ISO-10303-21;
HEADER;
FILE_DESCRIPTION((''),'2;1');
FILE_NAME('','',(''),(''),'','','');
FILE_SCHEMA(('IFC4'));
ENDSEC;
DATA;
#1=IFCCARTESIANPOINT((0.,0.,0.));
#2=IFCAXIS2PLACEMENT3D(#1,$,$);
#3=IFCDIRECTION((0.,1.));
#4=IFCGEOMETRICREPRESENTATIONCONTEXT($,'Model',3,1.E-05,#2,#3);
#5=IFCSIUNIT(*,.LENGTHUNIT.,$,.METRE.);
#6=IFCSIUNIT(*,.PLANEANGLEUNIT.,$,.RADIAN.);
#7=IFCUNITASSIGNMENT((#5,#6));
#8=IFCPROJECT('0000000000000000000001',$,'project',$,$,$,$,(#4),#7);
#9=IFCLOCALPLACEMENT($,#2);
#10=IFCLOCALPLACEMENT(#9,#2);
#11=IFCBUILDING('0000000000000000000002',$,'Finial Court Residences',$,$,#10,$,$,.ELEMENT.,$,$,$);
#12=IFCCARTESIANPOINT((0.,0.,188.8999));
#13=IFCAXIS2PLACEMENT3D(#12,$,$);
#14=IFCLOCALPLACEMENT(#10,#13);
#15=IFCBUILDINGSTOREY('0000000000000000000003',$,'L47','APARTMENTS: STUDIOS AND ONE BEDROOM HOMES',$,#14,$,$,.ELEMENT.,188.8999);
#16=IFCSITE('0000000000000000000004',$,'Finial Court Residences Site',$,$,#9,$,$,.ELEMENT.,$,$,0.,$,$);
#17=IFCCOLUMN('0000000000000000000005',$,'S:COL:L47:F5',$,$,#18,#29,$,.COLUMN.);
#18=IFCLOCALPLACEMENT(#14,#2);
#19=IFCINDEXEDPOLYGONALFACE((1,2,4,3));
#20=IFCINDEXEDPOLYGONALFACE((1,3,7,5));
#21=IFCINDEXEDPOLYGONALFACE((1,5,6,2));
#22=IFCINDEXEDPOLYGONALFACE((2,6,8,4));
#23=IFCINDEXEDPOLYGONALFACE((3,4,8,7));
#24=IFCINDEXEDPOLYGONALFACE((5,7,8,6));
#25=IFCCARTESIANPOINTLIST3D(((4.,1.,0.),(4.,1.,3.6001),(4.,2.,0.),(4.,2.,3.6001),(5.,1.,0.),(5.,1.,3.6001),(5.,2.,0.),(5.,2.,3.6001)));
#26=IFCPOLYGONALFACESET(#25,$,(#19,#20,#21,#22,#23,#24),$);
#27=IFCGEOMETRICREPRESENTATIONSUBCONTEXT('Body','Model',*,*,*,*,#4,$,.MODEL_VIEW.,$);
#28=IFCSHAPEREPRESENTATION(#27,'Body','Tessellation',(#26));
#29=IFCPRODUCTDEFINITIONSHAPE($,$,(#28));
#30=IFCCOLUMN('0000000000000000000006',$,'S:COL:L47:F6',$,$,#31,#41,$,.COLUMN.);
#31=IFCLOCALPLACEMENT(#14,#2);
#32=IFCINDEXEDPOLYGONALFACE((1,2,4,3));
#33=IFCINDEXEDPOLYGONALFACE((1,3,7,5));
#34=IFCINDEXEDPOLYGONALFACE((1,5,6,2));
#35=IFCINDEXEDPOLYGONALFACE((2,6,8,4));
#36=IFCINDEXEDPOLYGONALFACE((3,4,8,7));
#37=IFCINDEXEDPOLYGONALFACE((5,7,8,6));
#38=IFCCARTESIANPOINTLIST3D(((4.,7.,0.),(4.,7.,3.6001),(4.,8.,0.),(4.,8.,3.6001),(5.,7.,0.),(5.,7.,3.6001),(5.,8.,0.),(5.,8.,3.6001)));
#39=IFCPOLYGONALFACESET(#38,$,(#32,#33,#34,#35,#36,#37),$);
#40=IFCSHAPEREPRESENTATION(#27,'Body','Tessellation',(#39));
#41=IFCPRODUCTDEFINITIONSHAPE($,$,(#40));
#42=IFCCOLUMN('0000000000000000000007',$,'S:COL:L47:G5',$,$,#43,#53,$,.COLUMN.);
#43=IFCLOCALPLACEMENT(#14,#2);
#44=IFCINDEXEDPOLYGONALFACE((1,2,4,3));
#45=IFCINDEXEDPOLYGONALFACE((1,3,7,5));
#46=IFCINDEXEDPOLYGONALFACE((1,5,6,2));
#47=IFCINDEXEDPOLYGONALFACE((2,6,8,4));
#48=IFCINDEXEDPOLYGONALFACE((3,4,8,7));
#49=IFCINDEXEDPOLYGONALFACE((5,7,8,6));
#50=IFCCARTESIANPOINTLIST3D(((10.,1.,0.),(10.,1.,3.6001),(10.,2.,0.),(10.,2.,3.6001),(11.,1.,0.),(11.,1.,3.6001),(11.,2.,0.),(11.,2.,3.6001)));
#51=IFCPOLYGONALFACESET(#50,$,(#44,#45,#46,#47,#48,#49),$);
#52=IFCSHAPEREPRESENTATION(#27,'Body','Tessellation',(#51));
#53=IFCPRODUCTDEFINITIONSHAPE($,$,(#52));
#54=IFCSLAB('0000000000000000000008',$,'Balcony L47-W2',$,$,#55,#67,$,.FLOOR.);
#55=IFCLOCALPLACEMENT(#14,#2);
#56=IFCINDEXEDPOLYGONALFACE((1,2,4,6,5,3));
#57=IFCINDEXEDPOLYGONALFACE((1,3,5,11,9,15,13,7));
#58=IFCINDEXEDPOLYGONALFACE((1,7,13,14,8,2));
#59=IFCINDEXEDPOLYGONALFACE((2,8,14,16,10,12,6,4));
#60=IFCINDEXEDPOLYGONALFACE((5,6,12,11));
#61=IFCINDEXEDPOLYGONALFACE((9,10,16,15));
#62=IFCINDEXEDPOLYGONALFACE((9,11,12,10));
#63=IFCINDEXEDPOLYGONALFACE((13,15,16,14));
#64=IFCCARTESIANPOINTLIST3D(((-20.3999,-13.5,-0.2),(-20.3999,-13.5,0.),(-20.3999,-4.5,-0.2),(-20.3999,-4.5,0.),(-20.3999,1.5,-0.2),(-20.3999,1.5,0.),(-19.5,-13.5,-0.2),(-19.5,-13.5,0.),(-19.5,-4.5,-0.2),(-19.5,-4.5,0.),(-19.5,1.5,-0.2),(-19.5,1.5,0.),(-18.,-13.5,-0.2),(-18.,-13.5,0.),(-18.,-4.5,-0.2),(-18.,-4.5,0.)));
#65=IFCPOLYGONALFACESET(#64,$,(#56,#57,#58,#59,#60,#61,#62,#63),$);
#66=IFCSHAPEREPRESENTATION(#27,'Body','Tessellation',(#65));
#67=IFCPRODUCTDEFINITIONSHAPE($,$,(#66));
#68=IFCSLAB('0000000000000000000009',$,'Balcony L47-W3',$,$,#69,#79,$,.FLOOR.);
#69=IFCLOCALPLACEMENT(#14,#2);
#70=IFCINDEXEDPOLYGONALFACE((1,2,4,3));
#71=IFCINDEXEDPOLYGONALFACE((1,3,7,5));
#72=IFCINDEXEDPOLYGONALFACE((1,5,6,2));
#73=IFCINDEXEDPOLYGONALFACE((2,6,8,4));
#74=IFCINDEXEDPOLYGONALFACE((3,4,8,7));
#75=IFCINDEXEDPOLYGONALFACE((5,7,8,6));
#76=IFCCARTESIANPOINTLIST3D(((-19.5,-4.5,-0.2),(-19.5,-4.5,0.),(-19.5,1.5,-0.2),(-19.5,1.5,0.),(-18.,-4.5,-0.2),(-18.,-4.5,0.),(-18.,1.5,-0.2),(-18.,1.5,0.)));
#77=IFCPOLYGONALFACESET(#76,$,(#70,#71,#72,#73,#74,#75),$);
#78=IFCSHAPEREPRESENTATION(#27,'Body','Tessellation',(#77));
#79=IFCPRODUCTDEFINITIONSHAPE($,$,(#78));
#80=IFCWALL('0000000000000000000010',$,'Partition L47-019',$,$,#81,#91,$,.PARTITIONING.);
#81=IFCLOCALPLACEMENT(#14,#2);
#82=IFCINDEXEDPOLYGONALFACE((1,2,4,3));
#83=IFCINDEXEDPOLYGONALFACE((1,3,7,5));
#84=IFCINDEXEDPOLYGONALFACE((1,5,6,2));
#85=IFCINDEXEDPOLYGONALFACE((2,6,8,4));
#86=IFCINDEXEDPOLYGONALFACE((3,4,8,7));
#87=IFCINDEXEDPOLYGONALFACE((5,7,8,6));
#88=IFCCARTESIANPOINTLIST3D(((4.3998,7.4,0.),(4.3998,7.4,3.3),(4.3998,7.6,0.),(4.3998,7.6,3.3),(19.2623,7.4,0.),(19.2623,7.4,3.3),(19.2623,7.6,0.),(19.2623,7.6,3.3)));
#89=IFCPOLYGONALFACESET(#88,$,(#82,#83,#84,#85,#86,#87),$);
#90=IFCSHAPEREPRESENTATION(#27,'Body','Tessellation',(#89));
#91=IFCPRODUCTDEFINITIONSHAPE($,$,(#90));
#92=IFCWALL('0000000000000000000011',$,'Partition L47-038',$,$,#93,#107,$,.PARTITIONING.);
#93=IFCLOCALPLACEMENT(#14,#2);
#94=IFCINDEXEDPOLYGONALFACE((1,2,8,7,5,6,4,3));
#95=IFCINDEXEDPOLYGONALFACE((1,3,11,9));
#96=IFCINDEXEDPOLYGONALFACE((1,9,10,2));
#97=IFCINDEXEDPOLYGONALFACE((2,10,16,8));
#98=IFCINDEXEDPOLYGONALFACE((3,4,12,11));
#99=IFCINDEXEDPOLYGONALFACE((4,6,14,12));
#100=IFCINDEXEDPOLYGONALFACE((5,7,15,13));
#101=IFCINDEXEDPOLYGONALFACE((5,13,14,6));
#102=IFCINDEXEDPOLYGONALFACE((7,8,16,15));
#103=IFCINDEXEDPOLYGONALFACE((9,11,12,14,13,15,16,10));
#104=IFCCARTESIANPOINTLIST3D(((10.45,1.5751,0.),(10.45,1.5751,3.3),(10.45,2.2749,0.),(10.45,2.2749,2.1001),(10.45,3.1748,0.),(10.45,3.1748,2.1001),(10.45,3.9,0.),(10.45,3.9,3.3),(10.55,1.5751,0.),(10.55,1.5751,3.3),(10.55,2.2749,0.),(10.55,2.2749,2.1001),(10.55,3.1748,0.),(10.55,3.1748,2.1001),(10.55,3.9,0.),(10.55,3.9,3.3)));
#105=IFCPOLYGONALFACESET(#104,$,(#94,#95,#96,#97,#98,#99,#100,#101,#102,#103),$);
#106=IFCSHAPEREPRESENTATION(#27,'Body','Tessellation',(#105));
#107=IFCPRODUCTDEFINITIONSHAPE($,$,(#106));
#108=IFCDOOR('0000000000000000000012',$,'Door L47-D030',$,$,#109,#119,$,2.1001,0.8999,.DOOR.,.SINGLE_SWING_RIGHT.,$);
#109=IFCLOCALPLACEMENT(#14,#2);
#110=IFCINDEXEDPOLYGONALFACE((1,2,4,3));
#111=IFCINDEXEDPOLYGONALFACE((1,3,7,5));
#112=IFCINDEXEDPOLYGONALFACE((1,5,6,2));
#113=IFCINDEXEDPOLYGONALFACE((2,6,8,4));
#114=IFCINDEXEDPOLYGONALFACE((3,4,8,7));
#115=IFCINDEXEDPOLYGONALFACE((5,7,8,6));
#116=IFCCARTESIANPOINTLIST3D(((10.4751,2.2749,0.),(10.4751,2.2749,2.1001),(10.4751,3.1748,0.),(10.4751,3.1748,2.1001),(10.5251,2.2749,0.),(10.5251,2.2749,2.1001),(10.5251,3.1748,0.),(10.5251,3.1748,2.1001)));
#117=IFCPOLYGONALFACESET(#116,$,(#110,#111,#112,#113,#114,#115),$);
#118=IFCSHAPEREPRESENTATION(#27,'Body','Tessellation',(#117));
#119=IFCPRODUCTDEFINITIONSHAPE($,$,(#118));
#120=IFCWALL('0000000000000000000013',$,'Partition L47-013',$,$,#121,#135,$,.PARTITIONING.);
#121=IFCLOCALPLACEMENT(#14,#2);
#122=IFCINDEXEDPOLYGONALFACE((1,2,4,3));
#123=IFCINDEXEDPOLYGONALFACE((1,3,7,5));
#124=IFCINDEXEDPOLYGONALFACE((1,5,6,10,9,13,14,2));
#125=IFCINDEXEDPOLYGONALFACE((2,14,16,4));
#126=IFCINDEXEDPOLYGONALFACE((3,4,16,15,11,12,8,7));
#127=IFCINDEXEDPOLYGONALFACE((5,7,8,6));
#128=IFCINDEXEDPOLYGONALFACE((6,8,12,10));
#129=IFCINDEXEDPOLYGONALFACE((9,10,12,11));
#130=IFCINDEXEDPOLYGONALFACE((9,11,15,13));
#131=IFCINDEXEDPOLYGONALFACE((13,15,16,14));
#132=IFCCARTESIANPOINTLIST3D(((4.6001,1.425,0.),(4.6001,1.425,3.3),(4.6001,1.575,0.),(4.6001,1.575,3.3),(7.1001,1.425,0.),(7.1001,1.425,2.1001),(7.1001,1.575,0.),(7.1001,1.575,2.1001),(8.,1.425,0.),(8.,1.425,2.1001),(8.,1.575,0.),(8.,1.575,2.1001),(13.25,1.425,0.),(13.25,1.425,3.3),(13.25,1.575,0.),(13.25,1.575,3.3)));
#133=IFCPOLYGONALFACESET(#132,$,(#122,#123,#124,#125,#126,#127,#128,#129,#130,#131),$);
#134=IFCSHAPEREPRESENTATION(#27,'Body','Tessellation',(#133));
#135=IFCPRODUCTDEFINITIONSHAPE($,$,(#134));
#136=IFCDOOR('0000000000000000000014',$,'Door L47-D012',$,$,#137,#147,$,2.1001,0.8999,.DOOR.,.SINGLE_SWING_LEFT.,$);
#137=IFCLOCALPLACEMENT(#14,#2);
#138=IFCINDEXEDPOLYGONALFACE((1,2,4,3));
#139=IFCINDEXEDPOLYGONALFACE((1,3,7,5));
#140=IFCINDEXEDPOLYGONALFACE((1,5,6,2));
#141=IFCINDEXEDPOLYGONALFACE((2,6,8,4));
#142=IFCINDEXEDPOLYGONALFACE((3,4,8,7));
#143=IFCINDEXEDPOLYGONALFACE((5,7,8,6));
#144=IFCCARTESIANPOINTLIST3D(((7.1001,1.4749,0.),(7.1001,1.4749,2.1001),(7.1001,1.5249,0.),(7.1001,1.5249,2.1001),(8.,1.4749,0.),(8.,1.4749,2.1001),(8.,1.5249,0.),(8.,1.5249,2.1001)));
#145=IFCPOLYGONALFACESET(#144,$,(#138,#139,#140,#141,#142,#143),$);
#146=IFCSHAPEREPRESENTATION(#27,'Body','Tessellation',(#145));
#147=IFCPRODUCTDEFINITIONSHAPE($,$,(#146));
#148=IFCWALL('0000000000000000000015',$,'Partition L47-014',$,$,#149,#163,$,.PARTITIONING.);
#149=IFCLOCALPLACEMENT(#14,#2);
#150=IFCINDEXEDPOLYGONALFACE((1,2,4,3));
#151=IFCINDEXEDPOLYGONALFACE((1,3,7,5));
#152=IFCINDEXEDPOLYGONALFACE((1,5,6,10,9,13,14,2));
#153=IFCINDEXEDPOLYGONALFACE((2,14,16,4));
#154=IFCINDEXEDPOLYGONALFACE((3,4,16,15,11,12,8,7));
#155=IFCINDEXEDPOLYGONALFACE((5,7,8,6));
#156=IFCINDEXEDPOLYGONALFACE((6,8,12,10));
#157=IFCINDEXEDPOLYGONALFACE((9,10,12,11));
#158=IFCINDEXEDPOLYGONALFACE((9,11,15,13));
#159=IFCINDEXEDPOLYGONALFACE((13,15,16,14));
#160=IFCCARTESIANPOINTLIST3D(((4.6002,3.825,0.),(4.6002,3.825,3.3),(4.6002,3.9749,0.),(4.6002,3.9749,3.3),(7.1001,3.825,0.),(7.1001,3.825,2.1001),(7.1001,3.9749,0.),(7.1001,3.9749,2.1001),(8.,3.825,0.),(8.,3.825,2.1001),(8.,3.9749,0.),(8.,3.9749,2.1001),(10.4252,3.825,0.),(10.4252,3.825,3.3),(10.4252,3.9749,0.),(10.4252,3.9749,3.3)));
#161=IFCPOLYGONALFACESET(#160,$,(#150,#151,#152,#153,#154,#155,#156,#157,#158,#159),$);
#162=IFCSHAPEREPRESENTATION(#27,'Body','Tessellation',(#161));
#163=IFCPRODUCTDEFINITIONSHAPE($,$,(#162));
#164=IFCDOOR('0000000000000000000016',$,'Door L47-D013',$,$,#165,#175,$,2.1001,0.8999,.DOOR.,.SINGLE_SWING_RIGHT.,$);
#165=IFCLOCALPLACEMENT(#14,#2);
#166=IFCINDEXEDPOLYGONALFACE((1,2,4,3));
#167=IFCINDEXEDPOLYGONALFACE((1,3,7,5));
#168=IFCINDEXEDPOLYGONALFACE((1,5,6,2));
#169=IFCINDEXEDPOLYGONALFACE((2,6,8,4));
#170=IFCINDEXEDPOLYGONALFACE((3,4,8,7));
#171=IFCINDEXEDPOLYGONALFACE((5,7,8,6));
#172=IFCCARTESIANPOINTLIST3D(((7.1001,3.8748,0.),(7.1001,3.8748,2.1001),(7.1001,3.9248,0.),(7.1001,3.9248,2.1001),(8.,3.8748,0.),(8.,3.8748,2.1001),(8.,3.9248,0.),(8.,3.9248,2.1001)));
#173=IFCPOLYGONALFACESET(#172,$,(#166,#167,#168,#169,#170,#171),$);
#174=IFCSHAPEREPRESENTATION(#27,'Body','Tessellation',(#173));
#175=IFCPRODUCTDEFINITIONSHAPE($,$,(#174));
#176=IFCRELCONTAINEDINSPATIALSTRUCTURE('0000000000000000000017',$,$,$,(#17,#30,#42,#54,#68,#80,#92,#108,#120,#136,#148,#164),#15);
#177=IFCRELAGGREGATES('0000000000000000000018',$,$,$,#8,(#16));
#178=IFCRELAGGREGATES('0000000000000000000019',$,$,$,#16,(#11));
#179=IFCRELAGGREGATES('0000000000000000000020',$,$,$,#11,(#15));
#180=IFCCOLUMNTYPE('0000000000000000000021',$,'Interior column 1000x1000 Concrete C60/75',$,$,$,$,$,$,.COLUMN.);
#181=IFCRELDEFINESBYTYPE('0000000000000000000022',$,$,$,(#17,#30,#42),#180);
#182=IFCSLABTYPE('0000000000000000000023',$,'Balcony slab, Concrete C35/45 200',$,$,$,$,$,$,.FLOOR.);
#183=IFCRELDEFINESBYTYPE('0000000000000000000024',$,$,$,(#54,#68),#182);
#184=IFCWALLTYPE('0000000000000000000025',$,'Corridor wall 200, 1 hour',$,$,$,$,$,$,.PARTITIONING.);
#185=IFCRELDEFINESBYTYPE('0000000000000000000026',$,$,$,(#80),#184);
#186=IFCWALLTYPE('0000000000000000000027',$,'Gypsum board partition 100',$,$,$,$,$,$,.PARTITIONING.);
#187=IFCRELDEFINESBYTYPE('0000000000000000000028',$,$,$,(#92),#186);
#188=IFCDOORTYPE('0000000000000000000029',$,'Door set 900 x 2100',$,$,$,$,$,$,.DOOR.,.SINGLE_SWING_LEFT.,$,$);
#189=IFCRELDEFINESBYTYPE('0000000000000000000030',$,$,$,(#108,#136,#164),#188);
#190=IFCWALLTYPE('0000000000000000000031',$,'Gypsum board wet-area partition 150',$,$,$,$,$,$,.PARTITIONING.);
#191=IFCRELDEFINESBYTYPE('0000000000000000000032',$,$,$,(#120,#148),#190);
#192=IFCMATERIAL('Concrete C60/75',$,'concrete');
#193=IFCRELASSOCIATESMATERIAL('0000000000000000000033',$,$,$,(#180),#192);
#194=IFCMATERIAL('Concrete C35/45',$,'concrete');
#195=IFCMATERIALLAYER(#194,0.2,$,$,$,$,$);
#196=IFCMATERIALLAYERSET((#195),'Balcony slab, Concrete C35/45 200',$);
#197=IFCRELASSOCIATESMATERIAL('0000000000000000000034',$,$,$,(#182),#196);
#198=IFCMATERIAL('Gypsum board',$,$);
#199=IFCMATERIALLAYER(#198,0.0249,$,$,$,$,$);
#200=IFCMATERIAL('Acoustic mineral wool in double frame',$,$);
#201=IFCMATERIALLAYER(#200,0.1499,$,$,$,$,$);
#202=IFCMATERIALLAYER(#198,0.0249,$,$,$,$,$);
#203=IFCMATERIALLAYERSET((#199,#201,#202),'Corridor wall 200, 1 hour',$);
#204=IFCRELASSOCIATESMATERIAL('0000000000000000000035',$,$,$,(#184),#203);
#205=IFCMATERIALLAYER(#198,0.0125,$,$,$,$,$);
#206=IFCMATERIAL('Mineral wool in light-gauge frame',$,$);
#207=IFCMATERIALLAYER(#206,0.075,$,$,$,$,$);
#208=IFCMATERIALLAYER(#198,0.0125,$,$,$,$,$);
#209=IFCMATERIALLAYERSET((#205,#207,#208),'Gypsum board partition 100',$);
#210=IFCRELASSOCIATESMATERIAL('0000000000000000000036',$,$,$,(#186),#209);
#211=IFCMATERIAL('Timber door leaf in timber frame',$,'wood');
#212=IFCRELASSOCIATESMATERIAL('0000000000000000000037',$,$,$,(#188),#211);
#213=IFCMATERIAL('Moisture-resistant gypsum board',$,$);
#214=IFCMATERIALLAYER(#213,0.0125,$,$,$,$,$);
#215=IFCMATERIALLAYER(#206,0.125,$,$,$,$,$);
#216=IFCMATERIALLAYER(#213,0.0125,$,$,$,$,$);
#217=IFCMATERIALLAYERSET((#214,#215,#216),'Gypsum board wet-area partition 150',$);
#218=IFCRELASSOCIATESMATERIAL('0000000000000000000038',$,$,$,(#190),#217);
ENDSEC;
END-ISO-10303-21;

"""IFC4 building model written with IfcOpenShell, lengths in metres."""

from ifc_helpers import new_model, si_unit, direction, frame, frame_2d, origin, origin_2d, place, context, subcontext, project, spatial, polyline, rectangle, outline, extrude, material, layer, layer_set, material_profile, profile_set, type_object, element, fill, save


model = new_model("IFC4")

# Units and contexts
model_context = context("Model", 3, precision=1e-05, world=origin(), true_north=direction((0.0, 1.0)))
body_context = subcontext(model_context, "Body", "Model", "MODEL_VIEW")
ifc_project = project(units=[si_unit("LENGTHUNIT", "METRE"), si_unit("PLANEANGLEUNIT", "RADIAN")], contexts=[model_context])

# Site, building, storey
site_placement = place(None, origin())
site = spatial("IfcSite", under=ifc_project, at=site_placement, Name="Finial Court Residences Site", CompositionType="ELEMENT", RefElevation=0.0)
building_placement = place(site_placement, origin())
building = spatial("IfcBuilding", under=site, at=building_placement, Name="Finial Court Residences", CompositionType="ELEMENT")
storey_placement = place(building_placement, frame((0.0, 0.0, 188.8999)))
storey = spatial("IfcBuildingStorey", under=building, at=storey_placement, Name="L47", Description="APARTMENTS: STUDIOS AND ONE BEDROOM HOMES", CompositionType="ELEMENT", Elevation=188.8999)

# Columns
ifc_material_1 = material(Name="Concrete C60/75", Category="concrete")
ifc_material_profile = material_profile(ifc_material_1, rectangle(XDim=1.0, YDim=1.0, at=origin_2d()), Name="1000x1000")
ifc_profile_set = profile_set([ifc_material_profile], Name="Concrete C60/75")
column_type = type_object("IfcColumnType", Name="Interior column 1000x1000 Concrete C60/75", PredefinedType="COLUMN", material=ifc_profile_set)
for number, where, z_axis, x_axis, name in (
    (1, (4.5, 1.5, 0.0), (0.0, 0.0, 1.0), (1.0, 0.0, 0.0), "S:COL:L47:F5"),
    (2, (4.5, 7.5, 0.0), (0.0, 0.0, 1.0), (1.0, 0.0, 0.0), "S:COL:L47:F6"),
    (3, (10.5, 1.5, 0.0), (0.0, 0.0, 1.0), (1.0, 0.0, 0.0), "S:COL:L47:G5"),
):
    element("IfcColumn", number, at=place(storey_placement, frame(where, z_axis=z_axis, x_axis=x_axis)), inside=storey, type_object=column_type, Name=name, PredefinedType="COLUMN", context=body_context, shape_type="SweptSolid", body=[
        extrude(rectangle(XDim=1.0, YDim=1.0, at=origin_2d()), origin(), (0.0, 0.0, 1.0), 3.6001),
    ])

# Slabs
ifc_material_2 = material(Name="Concrete C35/45", Category="concrete")
ifc_layer_1 = layer(ifc_material_2, 0.2)
ifc_layer_set_1 = layer_set([ifc_layer_1], Name="Balcony slab, Concrete C35/45 200")
slab_type = type_object("IfcSlabType", Name="Balcony slab, Concrete C35/45 200", PredefinedType="FLOOR", material=ifc_layer_set_1)
slab_1_placement = place(storey_placement, frame((0.0, 0.0, -0.2)))
element("IfcSlab", 4, at=slab_1_placement, inside=storey, type_object=slab_type, Name="Balcony L47-W2", PredefinedType="FLOOR", context=body_context, shape_type="SweptSolid", body=[
    extrude(outline(polyline([(-18.0, -4.5), (-18.0, -13.5), (-19.5, -13.5), (-20.3999, -13.5), (-20.3999, -4.5), (-20.3999, 1.5), (-19.5, 1.5), (-19.5, -4.5), (-18.0, -4.5)])), origin(), (0.0, 0.0, 1.0), 0.2),
])
slab_2_placement = place(storey_placement, frame((0.0, 0.0, -0.2)))
element("IfcSlab", 5, at=slab_2_placement, inside=storey, type_object=slab_type, Name="Balcony L47-W3", PredefinedType="FLOOR", context=body_context, shape_type="SweptSolid", body=[
    extrude(outline(polyline([(-18.0, -4.5), (-18.0, 1.5), (-19.5, 1.5), (-19.5, -4.5), (-18.0, -4.5)])), origin(), (0.0, 0.0, 1.0), 0.2),
])

# Wall
ifc_material_3 = material(Name="Gypsum board")
ifc_layer_2 = layer(ifc_material_3, 0.0249)
ifc_material_4 = material(Name="Acoustic mineral wool in double frame")
ifc_layer_3 = layer(ifc_material_4, 0.1499)
ifc_layer_4 = layer(ifc_material_3, 0.0249)
ifc_layer_set_2 = layer_set([ifc_layer_2, ifc_layer_3, ifc_layer_4], Name="Corridor wall 200, 1 hour")
wall_type_1 = type_object("IfcWallType", Name="Corridor wall 200, 1 hour", PredefinedType="PARTITIONING", material=ifc_layer_set_2)
wall_1_placement = place(storey_placement, frame((4.3999, 7.5, 0.0), z_axis=(0.0, 0.0, 1.0), x_axis=(1.0, 0.0, 0.0)))
element("IfcWall", 6, at=wall_1_placement, inside=storey, type_object=wall_type_1, Name="Partition L47-019", PredefinedType="PARTITIONING", context=body_context, shape_type="SweptSolid", body=[
    extrude(rectangle(XDim=14.8625, YDim=0.2, at=frame_2d((7.4312, 0.0))), origin(), (0.0, 0.0, 1.0), 3.3),
])

# Walls, openings, doors
ifc_layer_5 = layer(ifc_material_3, 0.0125)
ifc_material_5 = material(Name="Mineral wool in light-gauge frame")
ifc_layer_6 = layer(ifc_material_5, 0.075)
ifc_layer_7 = layer(ifc_material_3, 0.0125)
ifc_layer_set_3 = layer_set([ifc_layer_5, ifc_layer_6, ifc_layer_7], Name="Gypsum board partition 100")
wall_type_2 = type_object("IfcWallType", Name="Gypsum board partition 100", PredefinedType="PARTITIONING", material=ifc_layer_set_3)
wall_2_placement = place(storey_placement, frame((10.5, 1.575, 0.0), z_axis=(0.0, 0.0, 1.0), x_axis=(0.0, 1.0, 0.0)))
wall_2 = element("IfcWall", 7, at=wall_2_placement, inside=storey, type_object=wall_type_2, Name="Partition L47-038", PredefinedType="PARTITIONING", context=body_context, shape_type="SweptSolid", body=[
    extrude(rectangle(XDim=2.325, YDim=0.1001, at=frame_2d((1.1626, 0.0))), origin(), (0.0, 0.0, 1.0), 3.3),
])
opening_1_placement = place(wall_2_placement, frame((0.7, 0.0, 0.0)))
opening_1 = element("IfcOpeningElement", 8, at=opening_1_placement, cuts=wall_2, PredefinedType="OPENING", context=body_context, shape_type="SweptSolid", body=[
    extrude(rectangle(XDim=0.8999, YDim=2.1001, at=frame_2d((0.45, 1.05))), frame((0.0, 0.0601, 0.0), z_axis=(0.0, -1.0, 0.0), x_axis=(1.0, 0.0, 0.0)), (0.0, 0.0, 1.0), 0.1201),
])
ifc_material_6 = material(Name="Timber door leaf in timber frame", Category="wood")
door_type = type_object("IfcDoorType", Name="Door set 900 x 2100", OperationType="SINGLE_SWING_LEFT", PredefinedType="DOOR", material=ifc_material_6)
door_1_placement = place(opening_1_placement, origin())
door_1 = element("IfcDoor", 9, at=door_1_placement, inside=storey, type_object=door_type, Name="Door L47-D030", OperationType="SINGLE_SWING_RIGHT", OverallHeight=2.1001, OverallWidth=0.8999, PredefinedType="DOOR", context=body_context, shape_type="SweptSolid", body=[
    extrude(rectangle(XDim=0.8999, YDim=2.1001, at=frame_2d((0.45, 1.05))), frame((0.0, 0.0249, 0.0), z_axis=(0.0, -1.0, 0.0), x_axis=(1.0, 0.0, 0.0)), (0.0, 0.0, 1.0), 0.05),
])
fill(opening_1, door_1)
ifc_material_7 = material(Name="Moisture-resistant gypsum board")
ifc_layer_8 = layer(ifc_material_7, 0.0125)
ifc_layer_9 = layer(ifc_material_5, 0.125)
ifc_layer_10 = layer(ifc_material_7, 0.0125)
ifc_layer_set_4 = layer_set([ifc_layer_8, ifc_layer_9, ifc_layer_10], Name="Gypsum board wet-area partition 150")
wall_type_3 = type_object("IfcWallType", Name="Gypsum board wet-area partition 150", PredefinedType="PARTITIONING", material=ifc_layer_set_4)
wall_3_placement = place(storey_placement, frame((4.6001, 1.5, 0.0), z_axis=(0.0, 0.0, 1.0), x_axis=(1.0, 0.0, 0.0)))
wall_3 = element("IfcWall", 10, at=wall_3_placement, inside=storey, type_object=wall_type_3, Name="Partition L47-013", PredefinedType="PARTITIONING", context=body_context, shape_type="SweptSolid", body=[
    extrude(rectangle(XDim=8.6499, YDim=0.1499, at=frame_2d((4.325, 0.0))), origin(), (0.0, 0.0, 1.0), 3.3),
])
opening_2_placement = place(wall_3_placement, frame((2.5, 0.0, 0.0)))
opening_2 = element("IfcOpeningElement", 11, at=opening_2_placement, cuts=wall_3, PredefinedType="OPENING", context=body_context, shape_type="SweptSolid", body=[
    extrude(rectangle(XDim=0.8999, YDim=2.1001, at=frame_2d((0.45, 1.05))), frame((0.0, 0.085, 0.0), z_axis=(0.0, -1.0, 0.0), x_axis=(1.0, 0.0, 0.0)), (0.0, 0.0, 1.0), 0.1699),
])
door_2_placement = place(opening_2_placement, origin())
door_2 = element("IfcDoor", 12, at=door_2_placement, inside=storey, type_object=door_type, Name="Door L47-D012", OperationType="SINGLE_SWING_LEFT", OverallHeight=2.1001, OverallWidth=0.8999, PredefinedType="DOOR", context=body_context, shape_type="SweptSolid", body=[
    extrude(rectangle(XDim=0.8999, YDim=2.1001, at=frame_2d((0.45, 1.05))), frame((0.0, 0.0249, 0.0), z_axis=(0.0, -1.0, 0.0), x_axis=(1.0, 0.0, 0.0)), (0.0, 0.0, 1.0), 0.05),
])
fill(opening_2, door_2)
wall_4_placement = place(storey_placement, frame((4.6001, 3.8999, 0.0), z_axis=(0.0, 0.0, 1.0), x_axis=(1.0, 0.0, 0.0)))
wall_4 = element("IfcWall", 13, at=wall_4_placement, inside=storey, type_object=wall_type_3, Name="Partition L47-014", PredefinedType="PARTITIONING", context=body_context, shape_type="SweptSolid", body=[
    extrude(rectangle(XDim=5.825, YDim=0.1499, at=frame_2d((2.9126, 0.0))), origin(), (0.0, 0.0, 1.0), 3.3),
])
opening_3_placement = place(wall_4_placement, frame((2.5, 0.0, 0.0)))
opening_3 = element("IfcOpeningElement", 14, at=opening_3_placement, cuts=wall_4, PredefinedType="OPENING", context=body_context, shape_type="SweptSolid", body=[
    extrude(rectangle(XDim=0.8999, YDim=2.1001, at=frame_2d((0.45, 1.05))), frame((0.0, 0.085, 0.0), z_axis=(0.0, -1.0, 0.0), x_axis=(1.0, 0.0, 0.0)), (0.0, 0.0, 1.0), 0.1699),
])
door_3_placement = place(opening_3_placement, origin())
door_3 = element("IfcDoor", 15, at=door_3_placement, inside=storey, type_object=door_type, Name="Door L47-D013", OperationType="SINGLE_SWING_RIGHT", OverallHeight=2.1001, OverallWidth=0.8999, PredefinedType="DOOR", context=body_context, shape_type="SweptSolid", body=[
    extrude(rectangle(XDim=0.8999, YDim=2.1001, at=frame_2d((0.45, 1.05))), frame((0.0, 0.0249, 0.0), z_axis=(0.0, -1.0, 0.0), x_axis=(1.0, 0.0, 0.0)), (0.0, 0.0, 1.0), 0.05),
])
fill(opening_3, door_3)

save(model, "model.ifc")
